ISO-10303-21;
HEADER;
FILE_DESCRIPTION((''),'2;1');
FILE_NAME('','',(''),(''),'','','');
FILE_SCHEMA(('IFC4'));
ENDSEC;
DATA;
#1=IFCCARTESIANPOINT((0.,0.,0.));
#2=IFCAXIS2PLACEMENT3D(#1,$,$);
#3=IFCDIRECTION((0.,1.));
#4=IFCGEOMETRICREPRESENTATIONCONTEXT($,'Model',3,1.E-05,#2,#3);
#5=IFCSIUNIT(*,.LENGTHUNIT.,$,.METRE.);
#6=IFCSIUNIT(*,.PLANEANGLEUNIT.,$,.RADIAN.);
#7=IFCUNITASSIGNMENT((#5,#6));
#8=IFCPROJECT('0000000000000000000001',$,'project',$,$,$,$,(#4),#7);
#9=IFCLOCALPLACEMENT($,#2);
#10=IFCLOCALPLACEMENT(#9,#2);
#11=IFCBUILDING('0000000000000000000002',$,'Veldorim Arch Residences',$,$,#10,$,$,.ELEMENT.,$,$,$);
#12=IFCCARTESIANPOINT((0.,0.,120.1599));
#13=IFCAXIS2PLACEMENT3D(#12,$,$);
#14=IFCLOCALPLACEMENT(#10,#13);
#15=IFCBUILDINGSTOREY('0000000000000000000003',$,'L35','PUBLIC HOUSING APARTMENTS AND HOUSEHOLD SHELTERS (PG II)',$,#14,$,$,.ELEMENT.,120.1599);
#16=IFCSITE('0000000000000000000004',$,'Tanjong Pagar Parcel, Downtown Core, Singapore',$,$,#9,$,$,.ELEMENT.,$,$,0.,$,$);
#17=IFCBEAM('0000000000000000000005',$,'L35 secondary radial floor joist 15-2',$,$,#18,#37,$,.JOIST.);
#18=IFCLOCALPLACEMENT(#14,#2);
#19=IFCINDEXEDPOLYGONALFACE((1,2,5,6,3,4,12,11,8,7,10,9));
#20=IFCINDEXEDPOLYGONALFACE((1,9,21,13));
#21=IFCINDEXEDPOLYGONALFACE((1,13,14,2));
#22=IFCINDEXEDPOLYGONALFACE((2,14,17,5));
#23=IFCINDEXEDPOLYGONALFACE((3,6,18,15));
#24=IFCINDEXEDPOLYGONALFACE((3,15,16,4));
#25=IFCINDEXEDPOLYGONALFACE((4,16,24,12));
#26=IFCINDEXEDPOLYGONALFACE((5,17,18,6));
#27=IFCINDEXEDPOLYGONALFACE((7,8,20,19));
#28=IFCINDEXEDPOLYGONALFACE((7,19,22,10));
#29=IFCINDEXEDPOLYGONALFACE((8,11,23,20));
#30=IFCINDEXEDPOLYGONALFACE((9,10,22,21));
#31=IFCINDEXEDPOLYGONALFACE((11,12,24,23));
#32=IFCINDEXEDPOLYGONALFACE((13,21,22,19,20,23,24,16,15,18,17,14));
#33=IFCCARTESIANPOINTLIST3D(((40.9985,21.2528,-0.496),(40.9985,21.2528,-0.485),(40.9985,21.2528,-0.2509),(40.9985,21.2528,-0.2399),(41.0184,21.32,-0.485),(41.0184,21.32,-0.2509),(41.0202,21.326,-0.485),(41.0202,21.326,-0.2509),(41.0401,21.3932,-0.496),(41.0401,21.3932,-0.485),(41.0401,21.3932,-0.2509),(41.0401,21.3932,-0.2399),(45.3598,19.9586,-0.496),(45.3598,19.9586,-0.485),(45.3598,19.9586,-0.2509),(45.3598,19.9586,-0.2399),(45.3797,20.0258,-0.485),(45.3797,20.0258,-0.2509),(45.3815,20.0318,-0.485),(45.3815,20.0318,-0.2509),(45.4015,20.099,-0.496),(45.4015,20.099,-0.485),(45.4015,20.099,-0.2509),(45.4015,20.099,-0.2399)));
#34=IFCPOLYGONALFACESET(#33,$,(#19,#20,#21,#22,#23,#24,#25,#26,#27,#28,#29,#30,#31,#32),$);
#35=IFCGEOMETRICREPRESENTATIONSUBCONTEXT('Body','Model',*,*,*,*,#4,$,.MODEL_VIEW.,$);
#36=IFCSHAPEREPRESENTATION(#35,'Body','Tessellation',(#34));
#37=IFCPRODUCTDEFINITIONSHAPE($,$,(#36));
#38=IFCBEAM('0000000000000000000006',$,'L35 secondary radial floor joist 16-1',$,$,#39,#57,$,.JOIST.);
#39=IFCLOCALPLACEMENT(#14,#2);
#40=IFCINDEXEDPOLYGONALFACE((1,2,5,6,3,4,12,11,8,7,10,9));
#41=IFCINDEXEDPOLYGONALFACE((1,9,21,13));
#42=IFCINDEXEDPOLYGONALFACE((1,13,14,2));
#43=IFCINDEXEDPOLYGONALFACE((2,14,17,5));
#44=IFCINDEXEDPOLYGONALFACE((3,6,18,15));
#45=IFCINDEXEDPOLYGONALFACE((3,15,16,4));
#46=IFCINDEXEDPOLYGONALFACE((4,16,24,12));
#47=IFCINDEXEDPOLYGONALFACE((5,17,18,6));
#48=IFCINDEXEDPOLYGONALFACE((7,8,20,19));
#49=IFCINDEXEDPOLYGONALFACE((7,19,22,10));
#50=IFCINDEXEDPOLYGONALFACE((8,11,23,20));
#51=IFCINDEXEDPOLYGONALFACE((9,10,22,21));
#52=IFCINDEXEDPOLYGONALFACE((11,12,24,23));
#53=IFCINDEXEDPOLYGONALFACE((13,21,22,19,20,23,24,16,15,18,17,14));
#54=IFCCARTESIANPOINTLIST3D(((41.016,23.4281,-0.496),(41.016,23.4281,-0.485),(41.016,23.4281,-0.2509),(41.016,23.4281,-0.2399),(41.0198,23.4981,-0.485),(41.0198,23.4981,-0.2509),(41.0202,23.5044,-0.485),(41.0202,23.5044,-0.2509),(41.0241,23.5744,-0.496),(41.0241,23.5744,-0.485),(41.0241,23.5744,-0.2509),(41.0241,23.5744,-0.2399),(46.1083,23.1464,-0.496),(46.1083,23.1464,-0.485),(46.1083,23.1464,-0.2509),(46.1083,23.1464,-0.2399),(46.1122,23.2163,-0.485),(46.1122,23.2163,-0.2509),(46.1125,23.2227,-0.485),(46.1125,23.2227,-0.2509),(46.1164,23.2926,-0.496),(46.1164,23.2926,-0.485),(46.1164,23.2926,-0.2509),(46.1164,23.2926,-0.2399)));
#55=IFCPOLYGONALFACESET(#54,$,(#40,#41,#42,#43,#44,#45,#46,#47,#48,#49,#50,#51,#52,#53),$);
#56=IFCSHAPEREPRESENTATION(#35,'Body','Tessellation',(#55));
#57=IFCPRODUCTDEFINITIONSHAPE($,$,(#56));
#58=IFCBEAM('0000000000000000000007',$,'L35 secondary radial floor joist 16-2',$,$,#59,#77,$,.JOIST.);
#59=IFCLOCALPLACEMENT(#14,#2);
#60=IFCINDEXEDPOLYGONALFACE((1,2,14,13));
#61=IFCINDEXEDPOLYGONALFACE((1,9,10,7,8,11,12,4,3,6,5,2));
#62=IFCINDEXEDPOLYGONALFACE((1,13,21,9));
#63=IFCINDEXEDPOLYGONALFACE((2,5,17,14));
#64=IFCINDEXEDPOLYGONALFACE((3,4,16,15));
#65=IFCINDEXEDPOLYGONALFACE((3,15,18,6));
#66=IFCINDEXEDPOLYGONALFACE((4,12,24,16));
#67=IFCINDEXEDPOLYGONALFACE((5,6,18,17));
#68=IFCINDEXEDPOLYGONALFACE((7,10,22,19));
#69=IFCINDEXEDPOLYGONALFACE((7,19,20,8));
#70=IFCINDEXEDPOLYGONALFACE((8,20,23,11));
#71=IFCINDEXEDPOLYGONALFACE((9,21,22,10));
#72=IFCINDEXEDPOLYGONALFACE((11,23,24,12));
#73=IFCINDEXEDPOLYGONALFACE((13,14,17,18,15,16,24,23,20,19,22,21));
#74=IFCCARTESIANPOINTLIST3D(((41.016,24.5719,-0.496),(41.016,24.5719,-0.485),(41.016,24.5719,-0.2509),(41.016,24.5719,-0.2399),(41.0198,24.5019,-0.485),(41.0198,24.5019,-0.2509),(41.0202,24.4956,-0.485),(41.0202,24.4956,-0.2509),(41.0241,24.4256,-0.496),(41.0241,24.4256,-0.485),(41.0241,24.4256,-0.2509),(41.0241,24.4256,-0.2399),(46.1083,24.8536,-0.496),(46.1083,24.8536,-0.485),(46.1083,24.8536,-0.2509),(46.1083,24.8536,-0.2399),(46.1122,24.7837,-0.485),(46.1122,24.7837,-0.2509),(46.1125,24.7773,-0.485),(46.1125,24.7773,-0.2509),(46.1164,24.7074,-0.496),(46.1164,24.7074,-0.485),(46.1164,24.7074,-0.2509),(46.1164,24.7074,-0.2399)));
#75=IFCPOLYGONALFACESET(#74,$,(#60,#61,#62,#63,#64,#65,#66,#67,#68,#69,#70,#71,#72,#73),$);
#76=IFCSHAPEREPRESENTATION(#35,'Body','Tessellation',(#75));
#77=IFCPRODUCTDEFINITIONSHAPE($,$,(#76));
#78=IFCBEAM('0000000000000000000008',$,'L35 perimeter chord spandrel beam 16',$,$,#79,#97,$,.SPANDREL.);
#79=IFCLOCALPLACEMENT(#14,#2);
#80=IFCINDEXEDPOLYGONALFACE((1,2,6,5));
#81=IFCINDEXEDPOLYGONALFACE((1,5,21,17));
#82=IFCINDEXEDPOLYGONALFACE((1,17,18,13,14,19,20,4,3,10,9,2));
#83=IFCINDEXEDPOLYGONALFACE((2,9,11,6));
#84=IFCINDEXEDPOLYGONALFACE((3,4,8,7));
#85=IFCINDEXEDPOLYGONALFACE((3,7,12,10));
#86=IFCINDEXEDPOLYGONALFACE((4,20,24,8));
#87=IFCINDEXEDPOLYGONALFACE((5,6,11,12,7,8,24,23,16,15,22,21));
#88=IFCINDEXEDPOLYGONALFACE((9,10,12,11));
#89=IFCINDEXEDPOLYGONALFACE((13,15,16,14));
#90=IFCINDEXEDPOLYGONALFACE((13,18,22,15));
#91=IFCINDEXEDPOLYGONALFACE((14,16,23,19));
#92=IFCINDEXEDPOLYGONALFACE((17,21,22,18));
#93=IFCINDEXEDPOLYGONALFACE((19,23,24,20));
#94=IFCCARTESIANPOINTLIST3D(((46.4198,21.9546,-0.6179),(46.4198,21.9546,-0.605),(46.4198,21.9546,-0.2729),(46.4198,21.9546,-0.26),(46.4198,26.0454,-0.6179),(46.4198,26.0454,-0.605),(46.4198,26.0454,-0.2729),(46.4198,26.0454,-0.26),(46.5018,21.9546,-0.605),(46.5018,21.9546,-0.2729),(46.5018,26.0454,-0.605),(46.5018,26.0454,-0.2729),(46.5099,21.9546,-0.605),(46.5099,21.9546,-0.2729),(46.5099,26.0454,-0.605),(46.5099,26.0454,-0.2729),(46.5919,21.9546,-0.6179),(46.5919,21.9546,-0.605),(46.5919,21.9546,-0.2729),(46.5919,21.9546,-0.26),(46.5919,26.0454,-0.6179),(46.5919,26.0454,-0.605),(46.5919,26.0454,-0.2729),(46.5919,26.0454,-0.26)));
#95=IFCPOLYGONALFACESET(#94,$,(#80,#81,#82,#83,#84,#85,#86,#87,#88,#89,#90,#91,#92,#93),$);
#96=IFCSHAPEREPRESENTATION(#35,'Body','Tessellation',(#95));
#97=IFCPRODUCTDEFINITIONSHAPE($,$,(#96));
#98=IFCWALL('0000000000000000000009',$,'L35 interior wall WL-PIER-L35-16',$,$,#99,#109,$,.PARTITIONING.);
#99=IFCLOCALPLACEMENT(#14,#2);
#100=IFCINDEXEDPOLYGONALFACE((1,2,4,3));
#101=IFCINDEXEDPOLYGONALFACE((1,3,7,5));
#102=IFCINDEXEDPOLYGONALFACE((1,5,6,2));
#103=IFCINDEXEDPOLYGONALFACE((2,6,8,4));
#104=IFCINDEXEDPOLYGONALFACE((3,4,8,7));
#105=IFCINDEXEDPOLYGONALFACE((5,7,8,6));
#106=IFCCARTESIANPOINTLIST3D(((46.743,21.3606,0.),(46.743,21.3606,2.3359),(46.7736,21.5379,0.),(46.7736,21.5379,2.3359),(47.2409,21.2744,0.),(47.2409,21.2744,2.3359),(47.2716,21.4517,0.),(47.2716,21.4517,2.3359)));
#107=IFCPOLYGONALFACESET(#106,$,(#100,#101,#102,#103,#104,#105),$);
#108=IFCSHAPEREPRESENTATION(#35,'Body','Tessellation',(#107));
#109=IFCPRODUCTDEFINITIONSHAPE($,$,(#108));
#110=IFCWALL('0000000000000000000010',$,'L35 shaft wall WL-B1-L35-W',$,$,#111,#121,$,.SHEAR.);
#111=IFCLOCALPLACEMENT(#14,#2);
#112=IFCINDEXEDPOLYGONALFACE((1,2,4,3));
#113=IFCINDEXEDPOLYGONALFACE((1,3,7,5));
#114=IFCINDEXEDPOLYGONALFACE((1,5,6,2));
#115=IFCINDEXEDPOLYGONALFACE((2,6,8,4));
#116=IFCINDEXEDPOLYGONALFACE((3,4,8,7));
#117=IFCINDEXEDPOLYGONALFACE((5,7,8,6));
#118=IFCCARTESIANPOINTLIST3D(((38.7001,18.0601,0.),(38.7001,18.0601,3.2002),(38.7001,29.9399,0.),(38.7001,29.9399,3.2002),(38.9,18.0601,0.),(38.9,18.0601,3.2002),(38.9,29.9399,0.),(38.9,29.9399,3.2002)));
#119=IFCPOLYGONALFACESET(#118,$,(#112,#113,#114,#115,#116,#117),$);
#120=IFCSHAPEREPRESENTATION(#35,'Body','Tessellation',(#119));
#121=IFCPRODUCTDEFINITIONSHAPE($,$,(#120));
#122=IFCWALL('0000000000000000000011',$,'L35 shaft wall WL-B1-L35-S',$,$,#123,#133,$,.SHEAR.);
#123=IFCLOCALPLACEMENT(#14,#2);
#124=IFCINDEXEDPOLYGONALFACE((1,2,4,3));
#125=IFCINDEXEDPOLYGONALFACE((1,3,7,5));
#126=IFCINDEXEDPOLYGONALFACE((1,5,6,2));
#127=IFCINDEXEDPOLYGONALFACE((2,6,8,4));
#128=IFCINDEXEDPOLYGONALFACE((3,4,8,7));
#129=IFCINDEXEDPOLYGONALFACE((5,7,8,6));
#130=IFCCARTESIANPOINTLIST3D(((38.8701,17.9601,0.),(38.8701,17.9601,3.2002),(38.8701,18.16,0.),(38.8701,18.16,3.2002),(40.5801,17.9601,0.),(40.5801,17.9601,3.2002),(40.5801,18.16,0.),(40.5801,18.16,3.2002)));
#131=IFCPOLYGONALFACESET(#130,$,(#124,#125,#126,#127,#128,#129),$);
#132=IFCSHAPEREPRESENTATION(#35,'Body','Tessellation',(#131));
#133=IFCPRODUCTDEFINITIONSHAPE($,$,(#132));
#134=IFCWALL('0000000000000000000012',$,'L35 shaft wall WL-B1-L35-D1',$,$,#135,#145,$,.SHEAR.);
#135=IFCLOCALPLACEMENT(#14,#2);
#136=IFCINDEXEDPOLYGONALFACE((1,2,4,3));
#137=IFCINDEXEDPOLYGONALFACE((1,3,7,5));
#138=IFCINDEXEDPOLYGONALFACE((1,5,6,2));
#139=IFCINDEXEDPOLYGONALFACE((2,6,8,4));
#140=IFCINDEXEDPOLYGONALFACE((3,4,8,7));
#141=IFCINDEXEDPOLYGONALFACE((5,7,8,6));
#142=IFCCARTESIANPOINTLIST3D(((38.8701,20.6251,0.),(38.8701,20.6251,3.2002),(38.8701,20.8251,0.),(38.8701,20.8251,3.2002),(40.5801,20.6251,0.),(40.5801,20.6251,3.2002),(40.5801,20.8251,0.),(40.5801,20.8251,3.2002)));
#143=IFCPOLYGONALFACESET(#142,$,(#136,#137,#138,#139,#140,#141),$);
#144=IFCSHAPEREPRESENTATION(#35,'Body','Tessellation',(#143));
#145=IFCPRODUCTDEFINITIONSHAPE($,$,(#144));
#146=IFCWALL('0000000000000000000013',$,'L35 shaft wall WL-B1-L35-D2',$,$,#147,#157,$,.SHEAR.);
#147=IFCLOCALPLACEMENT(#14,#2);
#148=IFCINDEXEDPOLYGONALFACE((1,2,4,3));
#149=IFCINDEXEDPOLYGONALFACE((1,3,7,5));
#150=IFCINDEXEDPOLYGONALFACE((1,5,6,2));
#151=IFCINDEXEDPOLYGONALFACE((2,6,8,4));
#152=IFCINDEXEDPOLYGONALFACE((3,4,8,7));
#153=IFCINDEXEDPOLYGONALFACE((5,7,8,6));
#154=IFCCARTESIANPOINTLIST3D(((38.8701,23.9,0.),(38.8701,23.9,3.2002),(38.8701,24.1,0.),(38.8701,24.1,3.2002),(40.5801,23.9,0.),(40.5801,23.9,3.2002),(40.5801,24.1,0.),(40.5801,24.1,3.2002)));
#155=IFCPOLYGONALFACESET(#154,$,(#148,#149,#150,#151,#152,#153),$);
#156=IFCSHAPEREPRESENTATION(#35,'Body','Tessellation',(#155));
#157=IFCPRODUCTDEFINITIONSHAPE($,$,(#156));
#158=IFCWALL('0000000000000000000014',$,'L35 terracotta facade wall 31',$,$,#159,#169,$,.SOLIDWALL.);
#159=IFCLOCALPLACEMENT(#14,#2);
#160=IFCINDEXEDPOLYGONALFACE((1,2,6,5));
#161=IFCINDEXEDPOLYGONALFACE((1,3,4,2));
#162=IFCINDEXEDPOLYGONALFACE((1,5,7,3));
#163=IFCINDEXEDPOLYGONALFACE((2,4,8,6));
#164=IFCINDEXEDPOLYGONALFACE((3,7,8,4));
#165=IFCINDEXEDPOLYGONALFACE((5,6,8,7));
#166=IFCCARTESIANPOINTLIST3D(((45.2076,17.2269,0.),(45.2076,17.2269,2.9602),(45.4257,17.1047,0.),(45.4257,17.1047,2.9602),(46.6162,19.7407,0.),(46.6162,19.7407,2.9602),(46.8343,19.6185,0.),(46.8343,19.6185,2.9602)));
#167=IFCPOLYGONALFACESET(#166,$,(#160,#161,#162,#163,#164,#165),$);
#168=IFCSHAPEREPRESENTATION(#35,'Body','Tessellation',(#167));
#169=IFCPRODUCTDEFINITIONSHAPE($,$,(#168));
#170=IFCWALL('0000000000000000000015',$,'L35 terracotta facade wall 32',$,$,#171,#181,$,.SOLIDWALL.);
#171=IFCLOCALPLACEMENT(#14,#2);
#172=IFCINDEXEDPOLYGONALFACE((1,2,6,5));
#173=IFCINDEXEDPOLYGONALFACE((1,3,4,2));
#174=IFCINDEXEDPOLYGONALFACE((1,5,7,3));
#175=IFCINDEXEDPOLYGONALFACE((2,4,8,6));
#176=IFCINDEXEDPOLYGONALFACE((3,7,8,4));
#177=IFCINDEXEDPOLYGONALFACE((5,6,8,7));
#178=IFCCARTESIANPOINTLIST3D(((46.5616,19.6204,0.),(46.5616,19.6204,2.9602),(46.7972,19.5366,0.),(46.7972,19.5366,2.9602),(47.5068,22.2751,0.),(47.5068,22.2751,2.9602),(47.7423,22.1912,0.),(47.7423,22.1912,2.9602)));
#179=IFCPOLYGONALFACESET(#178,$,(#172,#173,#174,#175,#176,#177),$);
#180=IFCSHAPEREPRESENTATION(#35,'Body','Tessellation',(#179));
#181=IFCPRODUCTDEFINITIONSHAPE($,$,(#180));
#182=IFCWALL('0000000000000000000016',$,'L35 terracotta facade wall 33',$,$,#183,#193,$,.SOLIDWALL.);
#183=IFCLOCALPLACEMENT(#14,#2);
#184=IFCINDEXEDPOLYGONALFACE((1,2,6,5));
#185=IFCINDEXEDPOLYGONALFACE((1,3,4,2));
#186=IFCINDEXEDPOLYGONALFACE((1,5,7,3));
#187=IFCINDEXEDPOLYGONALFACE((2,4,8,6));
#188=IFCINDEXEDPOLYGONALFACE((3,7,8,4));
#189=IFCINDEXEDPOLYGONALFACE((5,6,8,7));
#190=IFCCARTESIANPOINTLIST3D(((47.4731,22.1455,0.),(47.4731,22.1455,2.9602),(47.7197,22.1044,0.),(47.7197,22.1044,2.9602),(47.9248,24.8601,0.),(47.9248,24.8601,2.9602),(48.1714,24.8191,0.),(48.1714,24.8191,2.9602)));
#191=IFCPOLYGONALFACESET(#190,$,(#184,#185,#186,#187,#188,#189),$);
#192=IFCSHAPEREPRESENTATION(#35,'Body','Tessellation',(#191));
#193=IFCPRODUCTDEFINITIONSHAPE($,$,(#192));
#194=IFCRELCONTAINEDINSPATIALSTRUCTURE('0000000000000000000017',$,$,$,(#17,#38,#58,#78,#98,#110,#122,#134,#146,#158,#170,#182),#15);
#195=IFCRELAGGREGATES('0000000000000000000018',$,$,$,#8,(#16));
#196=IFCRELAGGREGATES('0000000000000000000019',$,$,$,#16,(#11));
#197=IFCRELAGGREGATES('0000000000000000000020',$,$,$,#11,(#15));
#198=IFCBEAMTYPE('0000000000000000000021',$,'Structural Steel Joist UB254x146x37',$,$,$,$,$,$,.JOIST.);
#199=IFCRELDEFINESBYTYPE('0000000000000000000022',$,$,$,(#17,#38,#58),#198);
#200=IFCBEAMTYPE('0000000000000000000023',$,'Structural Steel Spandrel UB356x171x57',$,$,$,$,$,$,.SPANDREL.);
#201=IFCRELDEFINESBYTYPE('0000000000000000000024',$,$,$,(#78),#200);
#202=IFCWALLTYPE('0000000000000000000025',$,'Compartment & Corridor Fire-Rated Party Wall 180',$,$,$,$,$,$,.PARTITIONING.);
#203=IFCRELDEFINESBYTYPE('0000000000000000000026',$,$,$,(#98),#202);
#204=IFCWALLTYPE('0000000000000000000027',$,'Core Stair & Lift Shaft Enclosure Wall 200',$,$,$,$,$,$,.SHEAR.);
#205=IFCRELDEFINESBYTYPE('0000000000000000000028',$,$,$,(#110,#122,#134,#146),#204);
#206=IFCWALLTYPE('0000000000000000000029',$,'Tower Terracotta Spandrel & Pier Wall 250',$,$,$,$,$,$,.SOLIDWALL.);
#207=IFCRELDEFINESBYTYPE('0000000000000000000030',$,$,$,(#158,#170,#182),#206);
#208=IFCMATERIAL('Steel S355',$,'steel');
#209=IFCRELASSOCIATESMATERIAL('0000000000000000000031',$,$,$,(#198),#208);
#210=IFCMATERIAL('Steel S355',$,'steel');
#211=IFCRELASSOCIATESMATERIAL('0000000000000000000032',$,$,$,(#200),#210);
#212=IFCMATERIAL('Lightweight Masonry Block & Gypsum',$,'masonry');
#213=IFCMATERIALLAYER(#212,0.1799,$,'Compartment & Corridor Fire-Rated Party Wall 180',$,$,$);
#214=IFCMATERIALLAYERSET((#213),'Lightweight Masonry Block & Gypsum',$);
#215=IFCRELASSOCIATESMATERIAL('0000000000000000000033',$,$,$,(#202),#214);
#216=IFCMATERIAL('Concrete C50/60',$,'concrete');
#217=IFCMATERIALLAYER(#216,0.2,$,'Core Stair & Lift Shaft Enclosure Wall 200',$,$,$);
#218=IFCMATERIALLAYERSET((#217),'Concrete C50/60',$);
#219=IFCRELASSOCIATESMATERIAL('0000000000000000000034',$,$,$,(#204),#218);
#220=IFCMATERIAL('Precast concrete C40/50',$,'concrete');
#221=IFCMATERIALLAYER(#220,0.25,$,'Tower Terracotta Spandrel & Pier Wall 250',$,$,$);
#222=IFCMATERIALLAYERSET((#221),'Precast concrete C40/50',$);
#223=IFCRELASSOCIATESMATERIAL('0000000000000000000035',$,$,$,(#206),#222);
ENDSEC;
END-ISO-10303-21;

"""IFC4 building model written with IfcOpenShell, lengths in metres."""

from ifc_helpers import new_model, si_unit, direction, frame, frame_2d, origin, origin_2d, place, context, subcontext, project, spatial, rectangle, i_section, extrude, material, layer, layer_set, material_profile, profile_set, type_object, element, save


model = new_model("IFC4")

# Units and contexts
model_context = context("Model", 3, precision=1e-05, world=origin(), true_north=direction((0.0, 1.0)))
body_context = subcontext(model_context, "Body", "Model", "MODEL_VIEW")
ifc_project = project(units=[si_unit("LENGTHUNIT", "METRE"), si_unit("PLANEANGLEUNIT", "RADIAN")], contexts=[model_context])

# Site, building, storey
site_placement = place(None, origin())
site = spatial("IfcSite", under=ifc_project, at=site_placement, Name="Tanjong Pagar Parcel, Downtown Core, Singapore", CompositionType="ELEMENT", RefElevation=0.0)
building_placement = place(site_placement, origin())
building = spatial("IfcBuilding", under=site, at=building_placement, Name="Veldorim Arch Residences", CompositionType="ELEMENT")
storey_placement = place(building_placement, frame((0.0, 0.0, 120.1599)))
storey = spatial("IfcBuildingStorey", under=building, at=storey_placement, Name="L35", Description="PUBLIC HOUSING APARTMENTS AND HOUSEHOLD SHELTERS (PG II)", CompositionType="ELEMENT", Elevation=120.1599)

# Beams
ifc_material_1 = material(Name="Steel S355", Category="steel")
ifc_material_profile_1 = material_profile(ifc_material_1, i_section(OverallWidth=0.1465, OverallDepth=0.2561, WebThickness=0.0063, FlangeThickness=0.011, at=origin_2d()), Name="UB254x146x37")
ifc_profile_set_1 = profile_set([ifc_material_profile_1], Name="Steel S355")
beam_type_1 = type_object("IfcBeamType", Name="Structural Steel Joist UB254x146x37", PredefinedType="JOIST", material=ifc_profile_set_1)
beam_1_placement = place(storey_placement, frame((41.0193, 21.323, -0.3679), z_axis=(0.958682, -0.284481, 0.0), x_axis=(0.284481, 0.958682, 0.0)))
element("IfcBeam", 1, at=beam_1_placement, inside=storey, type_object=beam_type_1, Name="L35 secondary radial floor joist 15-2", PredefinedType="JOIST", context=body_context, shape_type="SweptSolid", body=[
    extrude(i_section(OverallWidth=0.1465, OverallDepth=0.2561, WebThickness=0.0063, FlangeThickness=0.011, at=origin_2d()), origin(), (0.0, 0.0, 1.0), 4.5493),
])
for number, where, z_axis, x_axis, name in (
    (2, (41.02, 23.5012, -0.3679), (0.998473, -0.055242, 0.0), (0.055242, 0.998473, 0.0), "L35 secondary radial floor joist 16-1"),
    (3, (41.02, 24.4988, -0.3679), (0.998473, 0.055242, 0.0), (-0.055242, 0.998473, 0.0), "L35 secondary radial floor joist 16-2"),
):
    element("IfcBeam", number, at=place(storey_placement, frame(where, z_axis=z_axis, x_axis=x_axis)), inside=storey, type_object=beam_type_1, Name=name, PredefinedType="JOIST", context=body_context, shape_type="SweptSolid", body=[
        extrude(i_section(OverallWidth=0.1465, OverallDepth=0.2561, WebThickness=0.0063, FlangeThickness=0.011, at=origin_2d()), origin(), (0.0, 0.0, 1.0), 5.1001),
    ])
ifc_material_2 = material(Name="Steel S355", Category="steel")
ifc_material_profile_2 = material_profile(ifc_material_2, i_section(OverallWidth=0.1721, OverallDepth=0.3579, WebThickness=0.0081, FlangeThickness=0.0129, at=origin_2d()), Name="UB356x171x57")
ifc_profile_set_2 = profile_set([ifc_material_profile_2], Name="Steel S355")
beam_type_2 = type_object("IfcBeamType", Name="Structural Steel Spandrel UB356x171x57", PredefinedType="SPANDREL", material=ifc_profile_set_2)
beam_2_placement = place(storey_placement, frame((46.5059, 21.9546, -0.439), z_axis=(0.0, 1.0, 0.0), x_axis=(-1.0, 0.0, 0.0)))
element("IfcBeam", 4, at=beam_2_placement, inside=storey, type_object=beam_type_2, Name="L35 perimeter chord spandrel beam 16", PredefinedType="SPANDREL", context=body_context, shape_type="SweptSolid", body=[
    extrude(i_section(OverallWidth=0.1721, OverallDepth=0.3579, WebThickness=0.0081, FlangeThickness=0.0129, at=origin_2d()), origin(), (0.0, 0.0, 1.0), 4.0908),
])

# Walls
ifc_material_3 = material(Name="Lightweight Masonry Block & Gypsum", Category="masonry")
ifc_layer_1 = layer(ifc_material_3, 0.1799, Name="Compartment & Corridor Fire-Rated Party Wall 180")
ifc_layer_set_1 = layer_set([ifc_layer_1], Name="Lightweight Masonry Block & Gypsum")
wall_type_1 = type_object("IfcWallType", Name="Compartment & Corridor Fire-Rated Party Wall 180", PredefinedType="PARTITIONING", material=ifc_layer_set_1)
wall_1_placement = place(storey_placement, frame((46.7583, 21.4492, 0.0), z_axis=(0.0, 0.0, 1.0), x_axis=(0.985357, -0.170505, 0.0)))
element("IfcWall", 5, at=wall_1_placement, inside=storey, type_object=wall_type_1, Name="L35 interior wall WL-PIER-L35-16", PredefinedType="PARTITIONING", context=body_context, shape_type="SweptSolid", body=[
    extrude(rectangle(XDim=0.5054, YDim=0.1799, at=frame_2d((0.2527, 0.0))), origin(), (0.0, 0.0, 1.0), 2.3359),
])
ifc_material_4 = material(Name="Concrete C50/60", Category="concrete")
ifc_layer_2 = layer(ifc_material_4, 0.2, Name="Core Stair & Lift Shaft Enclosure Wall 200")
ifc_layer_set_2 = layer_set([ifc_layer_2], Name="Concrete C50/60")
wall_type_2 = type_object("IfcWallType", Name="Core Stair & Lift Shaft Enclosure Wall 200", PredefinedType="SHEAR", material=ifc_layer_set_2)
wall_2_placement = place(storey_placement, frame((38.8, 18.0601, 0.0), z_axis=(0.0, 0.0, 1.0), x_axis=(0.0, 1.0, 0.0)))
element("IfcWall", 6, at=wall_2_placement, inside=storey, type_object=wall_type_2, Name="L35 shaft wall WL-B1-L35-W", PredefinedType="SHEAR", context=body_context, shape_type="SweptSolid", body=[
    extrude(rectangle(XDim=11.8799, YDim=0.2, at=frame_2d((5.9399, 0.0))), origin(), (0.0, 0.0, 1.0), 3.2002),
])
for number, where, z_axis, x_axis, name in (
    (7, (38.8701, 18.0601, 0.0), (0.0, 0.0, 1.0), (1.0, 0.0, 0.0), "L35 shaft wall WL-B1-L35-S"),
    (8, (38.8701, 20.7251, 0.0), (0.0, 0.0, 1.0), (1.0, 0.0, 0.0), "L35 shaft wall WL-B1-L35-D1"),
    (9, (38.8701, 24.0, 0.0), (0.0, 0.0, 1.0), (1.0, 0.0, 0.0), "L35 shaft wall WL-B1-L35-D2"),
):
    element("IfcWall", number, at=place(storey_placement, frame(where, z_axis=z_axis, x_axis=x_axis)), inside=storey, type_object=wall_type_2, Name=name, PredefinedType="SHEAR", context=body_context, shape_type="SweptSolid", body=[
        extrude(rectangle(XDim=1.71, YDim=0.2, at=frame_2d((0.855, 0.0))), origin(), (0.0, 0.0, 1.0), 3.2002),
    ])
ifc_material_5 = material(Name="Precast concrete C40/50", Category="concrete")
ifc_layer_3 = layer(ifc_material_5, 0.25, Name="Tower Terracotta Spandrel & Pier Wall 250")
ifc_layer_set_3 = layer_set([ifc_layer_3], Name="Precast concrete C40/50")
wall_type_3 = type_object("IfcWallType", Name="Tower Terracotta Spandrel & Pier Wall 250", PredefinedType="SOLIDWALL", material=ifc_layer_set_3)
wall_3_placement = place(storey_placement, frame((46.7253, 19.6797, 0.0), z_axis=(0.0, 0.0, 1.0), x_axis=(-0.488841, -0.872373, 0.0)))
element("IfcWall", 10, at=wall_3_placement, inside=storey, type_object=wall_type_3, Name="L35 terracotta facade wall 31", PredefinedType="SOLIDWALL", context=body_context, shape_type="SweptSolid", body=[
    extrude(rectangle(XDim=2.8816, YDim=0.25, at=frame_2d((1.4409, 0.0))), origin(), (0.0, 0.0, 1.0), 2.9602),
])
wall_4_placement = place(storey_placement, frame((47.6245, 22.2332, 0.0), z_axis=(0.0, 0.0, 1.0), x_axis=(-0.335398, -0.942077, 0.0)))
element("IfcWall", 11, at=wall_4_placement, inside=storey, type_object=wall_type_3, Name="L35 terracotta facade wall 32", PredefinedType="SOLIDWALL", context=body_context, shape_type="SweptSolid", body=[
    extrude(rectangle(XDim=2.8179, YDim=0.25, at=frame_2d((1.4089, 0.0))), origin(), (0.0, 0.0, 1.0), 2.9602),
])
wall_5_placement = place(storey_placement, frame((48.0481, 24.8396, 0.0), z_axis=(0.0, 0.0, 1.0), x_axis=(-0.164126, -0.986439, 0.0)))
element("IfcWall", 12, at=wall_5_placement, inside=storey, type_object=wall_type_3, Name="L35 terracotta facade wall 33", PredefinedType="SOLIDWALL", context=body_context, shape_type="SweptSolid", body=[
    extrude(rectangle(XDim=2.752, YDim=0.25, at=frame_2d((1.376, 0.0))), origin(), (0.0, 0.0, 1.0), 2.9602),
])

save(model, "model.ifc")
